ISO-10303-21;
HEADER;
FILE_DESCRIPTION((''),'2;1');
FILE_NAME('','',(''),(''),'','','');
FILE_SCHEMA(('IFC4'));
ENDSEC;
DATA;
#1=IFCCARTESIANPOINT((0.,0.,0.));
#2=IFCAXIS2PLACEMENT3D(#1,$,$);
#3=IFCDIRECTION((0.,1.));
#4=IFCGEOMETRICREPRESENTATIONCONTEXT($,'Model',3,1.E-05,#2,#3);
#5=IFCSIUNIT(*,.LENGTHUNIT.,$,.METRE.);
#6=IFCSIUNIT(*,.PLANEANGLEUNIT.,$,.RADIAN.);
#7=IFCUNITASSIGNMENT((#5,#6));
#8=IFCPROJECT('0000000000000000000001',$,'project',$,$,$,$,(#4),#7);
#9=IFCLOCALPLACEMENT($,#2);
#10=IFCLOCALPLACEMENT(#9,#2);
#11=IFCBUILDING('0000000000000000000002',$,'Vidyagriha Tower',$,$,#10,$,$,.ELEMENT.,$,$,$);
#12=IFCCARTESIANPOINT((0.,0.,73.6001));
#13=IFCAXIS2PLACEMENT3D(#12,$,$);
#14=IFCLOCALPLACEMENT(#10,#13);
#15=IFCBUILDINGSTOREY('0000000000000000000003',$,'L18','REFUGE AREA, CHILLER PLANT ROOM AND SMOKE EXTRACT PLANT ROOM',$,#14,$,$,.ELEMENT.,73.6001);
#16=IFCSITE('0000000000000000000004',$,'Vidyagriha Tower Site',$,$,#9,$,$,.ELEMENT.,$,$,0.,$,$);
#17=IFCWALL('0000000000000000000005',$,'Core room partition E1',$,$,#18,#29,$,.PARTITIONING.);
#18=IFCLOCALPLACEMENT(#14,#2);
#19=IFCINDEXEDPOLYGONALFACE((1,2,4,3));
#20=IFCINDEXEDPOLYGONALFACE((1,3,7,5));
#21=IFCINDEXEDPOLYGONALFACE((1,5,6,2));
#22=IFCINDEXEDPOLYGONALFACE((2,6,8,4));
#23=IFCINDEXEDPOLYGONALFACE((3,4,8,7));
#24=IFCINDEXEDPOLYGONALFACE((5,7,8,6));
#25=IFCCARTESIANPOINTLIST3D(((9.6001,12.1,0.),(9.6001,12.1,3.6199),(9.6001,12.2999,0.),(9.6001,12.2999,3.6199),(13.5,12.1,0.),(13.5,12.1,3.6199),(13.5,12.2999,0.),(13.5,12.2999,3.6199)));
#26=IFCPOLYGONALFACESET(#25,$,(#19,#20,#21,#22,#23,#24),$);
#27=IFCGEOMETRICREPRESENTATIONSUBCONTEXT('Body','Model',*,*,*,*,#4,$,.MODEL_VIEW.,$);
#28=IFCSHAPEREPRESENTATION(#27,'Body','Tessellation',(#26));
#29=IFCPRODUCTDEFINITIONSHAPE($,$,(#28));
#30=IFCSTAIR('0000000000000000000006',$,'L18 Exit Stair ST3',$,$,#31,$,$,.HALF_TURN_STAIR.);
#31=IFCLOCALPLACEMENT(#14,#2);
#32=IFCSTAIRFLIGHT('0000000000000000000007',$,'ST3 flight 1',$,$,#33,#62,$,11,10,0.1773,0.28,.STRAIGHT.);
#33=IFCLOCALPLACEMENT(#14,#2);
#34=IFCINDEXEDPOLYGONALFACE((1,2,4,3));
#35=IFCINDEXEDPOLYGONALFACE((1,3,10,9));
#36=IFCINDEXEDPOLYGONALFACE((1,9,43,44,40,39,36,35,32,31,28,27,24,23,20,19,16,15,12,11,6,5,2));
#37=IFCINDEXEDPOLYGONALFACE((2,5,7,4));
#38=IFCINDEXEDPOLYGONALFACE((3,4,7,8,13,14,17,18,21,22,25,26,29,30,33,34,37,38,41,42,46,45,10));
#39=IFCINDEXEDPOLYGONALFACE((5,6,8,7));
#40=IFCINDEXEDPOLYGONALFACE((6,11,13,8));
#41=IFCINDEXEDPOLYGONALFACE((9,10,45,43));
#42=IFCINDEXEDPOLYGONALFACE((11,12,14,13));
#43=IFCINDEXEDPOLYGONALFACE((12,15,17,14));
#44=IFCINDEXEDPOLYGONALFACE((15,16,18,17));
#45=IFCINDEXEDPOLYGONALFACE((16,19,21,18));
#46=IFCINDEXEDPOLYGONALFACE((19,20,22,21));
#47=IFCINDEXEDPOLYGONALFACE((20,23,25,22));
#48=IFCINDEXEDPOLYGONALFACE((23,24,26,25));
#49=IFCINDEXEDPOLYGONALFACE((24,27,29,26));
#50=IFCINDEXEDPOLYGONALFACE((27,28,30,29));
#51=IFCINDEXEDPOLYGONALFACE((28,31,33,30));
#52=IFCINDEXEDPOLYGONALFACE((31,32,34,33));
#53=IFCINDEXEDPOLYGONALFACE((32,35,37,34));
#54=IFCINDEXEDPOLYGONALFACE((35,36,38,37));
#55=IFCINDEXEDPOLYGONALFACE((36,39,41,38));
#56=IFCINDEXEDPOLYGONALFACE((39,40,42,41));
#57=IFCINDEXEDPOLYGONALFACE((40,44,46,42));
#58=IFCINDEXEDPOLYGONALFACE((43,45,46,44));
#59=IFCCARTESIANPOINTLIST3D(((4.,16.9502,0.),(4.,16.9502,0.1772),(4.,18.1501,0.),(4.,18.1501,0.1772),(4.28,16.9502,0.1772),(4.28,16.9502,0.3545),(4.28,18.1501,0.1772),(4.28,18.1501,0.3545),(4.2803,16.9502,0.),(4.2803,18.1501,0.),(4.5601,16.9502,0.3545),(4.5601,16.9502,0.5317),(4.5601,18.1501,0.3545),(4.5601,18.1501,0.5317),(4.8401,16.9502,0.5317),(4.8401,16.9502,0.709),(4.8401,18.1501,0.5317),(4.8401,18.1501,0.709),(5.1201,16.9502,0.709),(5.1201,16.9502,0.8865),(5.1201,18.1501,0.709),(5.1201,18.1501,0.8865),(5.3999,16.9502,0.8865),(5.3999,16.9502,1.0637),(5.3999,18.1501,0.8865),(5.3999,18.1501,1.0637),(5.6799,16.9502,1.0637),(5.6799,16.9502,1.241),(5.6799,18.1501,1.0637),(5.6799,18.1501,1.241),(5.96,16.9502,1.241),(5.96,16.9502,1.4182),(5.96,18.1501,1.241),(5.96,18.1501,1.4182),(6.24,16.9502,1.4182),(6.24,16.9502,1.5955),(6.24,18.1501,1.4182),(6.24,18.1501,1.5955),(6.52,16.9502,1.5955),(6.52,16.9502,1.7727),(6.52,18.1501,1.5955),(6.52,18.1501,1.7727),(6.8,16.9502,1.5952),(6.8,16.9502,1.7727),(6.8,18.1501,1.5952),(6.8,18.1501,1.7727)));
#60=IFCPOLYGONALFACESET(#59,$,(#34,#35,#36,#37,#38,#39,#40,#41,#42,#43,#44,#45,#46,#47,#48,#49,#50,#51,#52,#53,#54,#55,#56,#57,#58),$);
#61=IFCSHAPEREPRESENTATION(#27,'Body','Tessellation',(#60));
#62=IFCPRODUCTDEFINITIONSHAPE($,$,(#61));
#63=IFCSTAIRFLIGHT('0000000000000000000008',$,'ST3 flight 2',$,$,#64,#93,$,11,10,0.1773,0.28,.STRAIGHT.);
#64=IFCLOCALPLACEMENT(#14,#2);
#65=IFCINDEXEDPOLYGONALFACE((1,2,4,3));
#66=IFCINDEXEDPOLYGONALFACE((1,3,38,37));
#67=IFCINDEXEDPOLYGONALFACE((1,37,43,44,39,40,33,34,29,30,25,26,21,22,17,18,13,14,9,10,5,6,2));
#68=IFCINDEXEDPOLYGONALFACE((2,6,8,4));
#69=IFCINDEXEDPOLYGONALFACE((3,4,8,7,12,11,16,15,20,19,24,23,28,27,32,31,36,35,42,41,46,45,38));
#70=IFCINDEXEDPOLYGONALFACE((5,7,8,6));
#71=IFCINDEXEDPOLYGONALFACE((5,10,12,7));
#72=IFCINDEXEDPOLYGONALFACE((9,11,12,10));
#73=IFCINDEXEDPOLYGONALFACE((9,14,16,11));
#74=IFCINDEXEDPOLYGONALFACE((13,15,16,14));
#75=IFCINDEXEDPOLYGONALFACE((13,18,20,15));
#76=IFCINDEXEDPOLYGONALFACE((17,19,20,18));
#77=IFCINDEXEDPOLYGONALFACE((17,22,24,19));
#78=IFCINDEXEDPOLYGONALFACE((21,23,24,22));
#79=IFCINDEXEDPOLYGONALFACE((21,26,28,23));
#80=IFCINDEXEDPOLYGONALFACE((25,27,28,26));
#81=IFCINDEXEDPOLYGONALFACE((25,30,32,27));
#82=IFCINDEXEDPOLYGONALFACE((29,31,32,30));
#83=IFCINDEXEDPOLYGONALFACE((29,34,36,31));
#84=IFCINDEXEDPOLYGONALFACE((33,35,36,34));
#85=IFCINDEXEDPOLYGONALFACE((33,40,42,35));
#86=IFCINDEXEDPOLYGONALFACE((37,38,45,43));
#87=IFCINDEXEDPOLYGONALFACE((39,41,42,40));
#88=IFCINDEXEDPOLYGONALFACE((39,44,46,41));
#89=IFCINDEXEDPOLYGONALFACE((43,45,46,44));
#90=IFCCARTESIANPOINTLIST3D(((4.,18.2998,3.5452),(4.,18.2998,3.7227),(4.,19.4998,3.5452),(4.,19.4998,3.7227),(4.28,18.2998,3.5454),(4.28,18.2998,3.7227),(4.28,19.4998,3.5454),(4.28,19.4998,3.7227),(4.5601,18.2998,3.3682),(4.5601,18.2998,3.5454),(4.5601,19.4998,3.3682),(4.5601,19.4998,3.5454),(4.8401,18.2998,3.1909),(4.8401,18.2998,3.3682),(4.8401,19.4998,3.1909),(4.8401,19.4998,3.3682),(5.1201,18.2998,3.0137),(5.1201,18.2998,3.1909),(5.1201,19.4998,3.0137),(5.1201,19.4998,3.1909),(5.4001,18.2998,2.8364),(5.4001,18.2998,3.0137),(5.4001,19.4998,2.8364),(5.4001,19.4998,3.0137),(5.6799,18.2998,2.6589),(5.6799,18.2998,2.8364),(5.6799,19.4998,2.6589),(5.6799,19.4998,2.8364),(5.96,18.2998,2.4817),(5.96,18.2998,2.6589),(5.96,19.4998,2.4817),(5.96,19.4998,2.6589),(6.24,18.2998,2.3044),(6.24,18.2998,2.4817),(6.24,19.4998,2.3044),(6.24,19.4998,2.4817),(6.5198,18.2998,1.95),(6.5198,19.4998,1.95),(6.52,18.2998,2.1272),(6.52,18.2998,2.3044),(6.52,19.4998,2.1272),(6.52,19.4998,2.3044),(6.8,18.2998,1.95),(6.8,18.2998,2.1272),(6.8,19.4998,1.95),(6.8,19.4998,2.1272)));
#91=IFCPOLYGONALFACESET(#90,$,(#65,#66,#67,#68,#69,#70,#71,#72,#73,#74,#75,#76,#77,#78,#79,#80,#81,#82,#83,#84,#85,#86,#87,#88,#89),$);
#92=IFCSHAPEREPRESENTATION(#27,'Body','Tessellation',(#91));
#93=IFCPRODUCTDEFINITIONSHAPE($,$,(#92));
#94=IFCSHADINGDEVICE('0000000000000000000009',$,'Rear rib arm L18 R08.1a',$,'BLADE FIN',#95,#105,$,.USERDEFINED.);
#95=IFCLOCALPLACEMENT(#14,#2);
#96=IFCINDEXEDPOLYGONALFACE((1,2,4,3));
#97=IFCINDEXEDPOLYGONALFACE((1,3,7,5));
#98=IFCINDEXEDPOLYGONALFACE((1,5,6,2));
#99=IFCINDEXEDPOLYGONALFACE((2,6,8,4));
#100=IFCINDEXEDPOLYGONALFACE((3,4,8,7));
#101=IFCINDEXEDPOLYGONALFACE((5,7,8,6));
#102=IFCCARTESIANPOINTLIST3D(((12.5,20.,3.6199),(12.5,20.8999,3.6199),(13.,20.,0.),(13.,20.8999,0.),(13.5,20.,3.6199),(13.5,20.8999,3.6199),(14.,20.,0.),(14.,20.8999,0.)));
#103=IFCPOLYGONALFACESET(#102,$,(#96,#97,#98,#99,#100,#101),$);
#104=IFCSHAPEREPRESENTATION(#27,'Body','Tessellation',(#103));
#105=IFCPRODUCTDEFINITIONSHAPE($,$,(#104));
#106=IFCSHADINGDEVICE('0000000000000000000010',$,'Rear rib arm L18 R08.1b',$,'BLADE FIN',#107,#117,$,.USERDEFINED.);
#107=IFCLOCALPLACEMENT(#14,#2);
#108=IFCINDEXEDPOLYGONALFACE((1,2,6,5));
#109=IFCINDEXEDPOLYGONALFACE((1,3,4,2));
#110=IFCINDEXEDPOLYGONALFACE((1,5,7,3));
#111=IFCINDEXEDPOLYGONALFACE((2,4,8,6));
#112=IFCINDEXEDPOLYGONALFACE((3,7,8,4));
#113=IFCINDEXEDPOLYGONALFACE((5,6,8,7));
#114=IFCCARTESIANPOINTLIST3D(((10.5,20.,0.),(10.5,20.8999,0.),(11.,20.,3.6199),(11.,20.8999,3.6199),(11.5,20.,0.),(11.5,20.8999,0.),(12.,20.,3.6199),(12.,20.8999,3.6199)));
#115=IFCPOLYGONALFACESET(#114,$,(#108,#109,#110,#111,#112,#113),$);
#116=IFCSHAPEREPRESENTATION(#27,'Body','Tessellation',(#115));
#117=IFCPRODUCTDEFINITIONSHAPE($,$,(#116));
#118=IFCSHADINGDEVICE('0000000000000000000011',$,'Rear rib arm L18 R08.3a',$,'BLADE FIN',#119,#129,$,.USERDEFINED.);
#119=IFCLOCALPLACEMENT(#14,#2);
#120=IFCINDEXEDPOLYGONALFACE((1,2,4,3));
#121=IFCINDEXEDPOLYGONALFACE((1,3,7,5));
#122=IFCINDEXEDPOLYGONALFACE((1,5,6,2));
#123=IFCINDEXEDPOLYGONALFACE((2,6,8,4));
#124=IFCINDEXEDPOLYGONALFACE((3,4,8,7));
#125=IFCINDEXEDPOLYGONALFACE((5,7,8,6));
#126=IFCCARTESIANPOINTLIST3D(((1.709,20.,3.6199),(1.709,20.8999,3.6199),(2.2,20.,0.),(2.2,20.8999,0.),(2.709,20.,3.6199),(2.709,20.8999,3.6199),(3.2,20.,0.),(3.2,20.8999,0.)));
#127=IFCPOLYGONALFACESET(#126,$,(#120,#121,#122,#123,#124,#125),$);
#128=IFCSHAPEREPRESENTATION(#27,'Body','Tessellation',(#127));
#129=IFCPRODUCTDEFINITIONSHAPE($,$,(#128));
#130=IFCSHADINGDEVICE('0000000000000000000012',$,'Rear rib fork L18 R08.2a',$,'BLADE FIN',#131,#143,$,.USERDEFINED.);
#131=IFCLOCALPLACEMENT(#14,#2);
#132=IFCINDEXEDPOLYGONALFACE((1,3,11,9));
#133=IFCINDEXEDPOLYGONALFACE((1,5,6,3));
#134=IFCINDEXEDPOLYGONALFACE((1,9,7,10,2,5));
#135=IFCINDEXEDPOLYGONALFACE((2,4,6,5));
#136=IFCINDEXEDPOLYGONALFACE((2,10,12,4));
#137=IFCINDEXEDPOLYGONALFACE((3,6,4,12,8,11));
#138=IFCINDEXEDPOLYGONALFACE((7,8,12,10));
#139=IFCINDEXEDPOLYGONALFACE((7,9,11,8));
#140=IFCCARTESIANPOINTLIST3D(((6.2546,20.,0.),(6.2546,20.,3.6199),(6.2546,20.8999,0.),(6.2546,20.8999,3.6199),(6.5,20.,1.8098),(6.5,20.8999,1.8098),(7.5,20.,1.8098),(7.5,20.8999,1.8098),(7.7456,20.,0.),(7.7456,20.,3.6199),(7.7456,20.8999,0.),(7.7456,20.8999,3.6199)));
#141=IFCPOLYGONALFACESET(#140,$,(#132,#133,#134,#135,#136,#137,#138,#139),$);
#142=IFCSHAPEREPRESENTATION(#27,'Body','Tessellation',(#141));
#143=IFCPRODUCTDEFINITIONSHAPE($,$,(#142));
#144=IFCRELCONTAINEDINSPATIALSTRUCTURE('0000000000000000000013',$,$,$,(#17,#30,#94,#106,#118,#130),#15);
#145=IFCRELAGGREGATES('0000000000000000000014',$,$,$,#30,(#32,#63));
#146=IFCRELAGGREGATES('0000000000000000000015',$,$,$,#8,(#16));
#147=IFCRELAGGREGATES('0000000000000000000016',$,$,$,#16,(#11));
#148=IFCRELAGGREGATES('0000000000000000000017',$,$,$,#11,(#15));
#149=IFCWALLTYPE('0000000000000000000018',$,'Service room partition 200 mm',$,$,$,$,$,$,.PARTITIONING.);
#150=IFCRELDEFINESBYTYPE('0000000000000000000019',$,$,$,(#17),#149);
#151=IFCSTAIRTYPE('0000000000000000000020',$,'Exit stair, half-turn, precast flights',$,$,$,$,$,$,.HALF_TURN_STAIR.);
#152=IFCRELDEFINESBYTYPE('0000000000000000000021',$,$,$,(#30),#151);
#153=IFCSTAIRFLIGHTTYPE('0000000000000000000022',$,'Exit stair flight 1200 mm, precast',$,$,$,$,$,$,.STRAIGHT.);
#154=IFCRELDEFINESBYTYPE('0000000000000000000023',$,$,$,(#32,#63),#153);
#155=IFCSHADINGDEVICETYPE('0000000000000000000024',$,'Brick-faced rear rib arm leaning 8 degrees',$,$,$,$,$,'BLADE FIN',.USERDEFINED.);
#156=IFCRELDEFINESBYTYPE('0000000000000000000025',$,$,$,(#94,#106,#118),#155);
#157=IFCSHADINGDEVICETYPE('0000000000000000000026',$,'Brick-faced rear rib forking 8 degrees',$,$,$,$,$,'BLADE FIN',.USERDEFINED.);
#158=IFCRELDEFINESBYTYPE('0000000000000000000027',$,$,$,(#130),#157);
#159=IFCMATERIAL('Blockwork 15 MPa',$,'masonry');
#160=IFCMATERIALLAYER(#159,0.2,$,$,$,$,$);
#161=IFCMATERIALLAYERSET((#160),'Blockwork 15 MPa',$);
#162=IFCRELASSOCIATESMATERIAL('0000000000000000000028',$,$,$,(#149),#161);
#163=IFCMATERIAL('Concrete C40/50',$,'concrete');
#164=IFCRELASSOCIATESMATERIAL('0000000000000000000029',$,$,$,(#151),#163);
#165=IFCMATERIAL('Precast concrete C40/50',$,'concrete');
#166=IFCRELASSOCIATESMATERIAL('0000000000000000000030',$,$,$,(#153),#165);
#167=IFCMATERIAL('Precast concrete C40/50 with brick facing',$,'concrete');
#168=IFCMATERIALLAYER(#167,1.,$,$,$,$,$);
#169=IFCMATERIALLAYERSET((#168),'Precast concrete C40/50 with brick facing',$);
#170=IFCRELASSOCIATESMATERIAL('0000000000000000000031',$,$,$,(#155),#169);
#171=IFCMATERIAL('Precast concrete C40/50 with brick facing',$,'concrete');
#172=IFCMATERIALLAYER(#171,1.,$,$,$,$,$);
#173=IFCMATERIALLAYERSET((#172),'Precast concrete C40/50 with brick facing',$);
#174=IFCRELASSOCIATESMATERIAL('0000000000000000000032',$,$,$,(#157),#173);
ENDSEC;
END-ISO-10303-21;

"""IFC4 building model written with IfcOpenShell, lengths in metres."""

from ifc_helpers import new_model, si_unit, direction, frame, frame_2d, origin, place, context, subcontext, project, spatial, polyline, rectangle, outline, extrude, material, layer, layer_set, type_object, element, aggregate, save


model = new_model("IFC4")

# Units and contexts
model_context = context("Model", 3, precision=1e-05, world=origin(), true_north=direction((0.0, 1.0)))
body_context = subcontext(model_context, "Body", "Model", "MODEL_VIEW")
ifc_project = project(units=[si_unit("LENGTHUNIT", "METRE"), si_unit("PLANEANGLEUNIT", "RADIAN")], contexts=[model_context])

# Site, building, storey
site_placement = place(None, origin())
site = spatial("IfcSite", under=ifc_project, at=site_placement, Name="Vidyagriha Tower Site", CompositionType="ELEMENT", RefElevation=0.0)
building_placement = place(site_placement, origin())
building = spatial("IfcBuilding", under=site, at=building_placement, Name="Vidyagriha Tower", CompositionType="ELEMENT")
storey_placement = place(building_placement, frame((0.0, 0.0, 73.6001)))
storey = spatial("IfcBuildingStorey", under=building, at=storey_placement, Name="L18", Description="REFUGE AREA, CHILLER PLANT ROOM AND SMOKE EXTRACT PLANT ROOM", CompositionType="ELEMENT", Elevation=73.6001)

# Shared definitions
ifc_material_1 = material(Name="Blockwork 15 MPa", Category="masonry")
ifc_layer_1 = layer(ifc_material_1, 0.2)
ifc_layer_set_1 = layer_set([ifc_layer_1], Name="Blockwork 15 MPa")
wall_type_1 = type_object("IfcWallType", Name="Service room partition 200 mm", PredefinedType="PARTITIONING", material=ifc_layer_set_1)

# Wall
wall_1_placement = place(storey_placement, frame((9.6001, 12.2, 0.0)))
element("IfcWall", 1, at=wall_1_placement, inside=storey, type_object=wall_type_1, Name="Core room partition E1", PredefinedType="PARTITIONING", context=body_context, shape_type="SweptSolid", body=[
    extrude(rectangle(XDim=3.8999, YDim=0.2, at=frame_2d((1.95, 0.0))), origin(), (0.0, 0.0, 1.0), 3.6199),
])

# Stair, stair flights
ifc_material_2 = material(Name="Concrete C40/50", Category="concrete")
stair_type = type_object("IfcStairType", Name="Exit stair, half-turn, precast flights", PredefinedType="HALF_TURN_STAIR", material=ifc_material_2)
stair_placement = place(storey_placement, origin())
stair = element("IfcStair", 2, at=stair_placement, inside=storey, type_object=stair_type, Name="L18 Exit Stair ST3", PredefinedType="HALF_TURN_STAIR")
ifc_material_3 = material(Name="Precast concrete C40/50", Category="concrete")
stair_flight_type = type_object("IfcStairFlightType", Name="Exit stair flight 1200 mm, precast", PredefinedType="STRAIGHT", material=ifc_material_3)
stair_flight_1_placement = place(storey_placement, frame((4.0, 17.55, 0.0)))
stair_flight_1 = element("IfcStairFlight", 3, at=stair_flight_1_placement, type_object=stair_flight_type, Name="ST3 flight 1", NumberOfRisers=11, NumberOfTreads=10, PredefinedType="STRAIGHT", RiserHeight=0.1773, TreadLength=0.28, context=body_context, shape_type="SweptSolid", body=[
    extrude(outline(polyline([(0.0, 0.0), (0.0, 0.1772), (0.28, 0.1772), (0.28, 0.3545), (0.5601, 0.3545), (0.5601, 0.5317), (0.8401, 0.5317), (0.8401, 0.709), (1.1201, 0.709), (1.1201, 0.8865), (1.3999, 0.8865), (1.3999, 1.0637), (1.6799, 1.0637), (1.6799, 1.241), (1.96, 1.241), (1.96, 1.4182), (2.24, 1.4182), (2.24, 1.5955), (2.52, 1.5955), (2.52, 1.7727), (2.8, 1.7727), (2.8, 1.95), (2.8, 1.5952), (0.2803, 0.0), (0.0, 0.0)])), frame((0.0, 0.6001, 0.0), z_axis=(0.0, -1.0, 0.0), x_axis=(1.0, 0.0, 0.0)), (0.0, 0.0, 1.0), 1.2),
])
stair_flight_2_placement = place(storey_placement, frame((6.8, 18.8999, 1.95), z_axis=(0.0, 0.0, 1.0), x_axis=(-1.0, 0.0, 0.0)))
stair_flight_2 = element("IfcStairFlight", 4, at=stair_flight_2_placement, type_object=stair_flight_type, Name="ST3 flight 2", NumberOfRisers=11, NumberOfTreads=10, PredefinedType="STRAIGHT", RiserHeight=0.1773, TreadLength=0.28, context=body_context, shape_type="SweptSolid", body=[
    extrude(outline(polyline([(0.0, 0.0), (0.0, 0.1772), (0.28, 0.1772), (0.28, 0.3545), (0.5601, 0.3545), (0.5601, 0.5317), (0.8401, 0.5317), (0.8401, 0.709), (1.1201, 0.709), (1.1201, 0.8865), (1.3999, 0.8865), (1.3999, 1.0637), (1.6799, 1.0637), (1.6799, 1.241), (1.96, 1.241), (1.96, 1.4182), (2.24, 1.4182), (2.24, 1.5955), (2.52, 1.5955), (2.52, 1.7727), (2.8, 1.7727), (2.8, 1.95), (2.8, 1.5952), (0.2803, 0.0), (0.0, 0.0)])), frame((0.0, 0.6001, 0.0), z_axis=(0.0, -1.0, 0.0), x_axis=(1.0, 0.0, 0.0)), (0.0, 0.0, 1.0), 1.2),
])
aggregate(stair, [stair_flight_1, stair_flight_2])

# Shading devices
ifc_material_4 = material(Name="Precast concrete C40/50 with brick facing", Category="concrete")
ifc_layer_2 = layer(ifc_material_4, 1.0)
ifc_layer_set_2 = layer_set([ifc_layer_2], Name="Precast concrete C40/50 with brick facing")
shading_device_type_1 = type_object("IfcShadingDeviceType", Name="Brick-faced rear rib arm leaning 8 degrees", ElementType="BLADE FIN", PredefinedType="USERDEFINED", material=ifc_layer_set_2)
shading_device_1_placement = place(storey_placement, frame((14.0, 20.45, 0.0), z_axis=(0.0, 0.0, 1.0), x_axis=(-1.0, 0.0, 0.0)))
element("IfcShadingDevice", 5, at=shading_device_1_placement, inside=storey, type_object=shading_device_type_1, Name="Rear rib arm L18 R08.1a", ObjectType="BLADE FIN", PredefinedType="USERDEFINED", context=body_context, shape_type="SweptSolid", body=[
    extrude(outline(polyline([(0.0, 0.0), (1.0, 0.0), (1.5, 3.6199), (0.5, 3.6199), (0.0, 0.0)])), frame((0.0, 0.45, 0.0), z_axis=(0.0, -1.0, 0.0), x_axis=(1.0, 0.0, 0.0)), (0.0, 0.0, 1.0), 0.8999),
])
shading_device_2_placement = place(storey_placement, frame((12.0, 20.45, 0.0), z_axis=(0.0, 0.0, 1.0), x_axis=(-1.0, 0.0, 0.0)))
element("IfcShadingDevice", 6, at=shading_device_2_placement, inside=storey, type_object=shading_device_type_1, Name="Rear rib arm L18 R08.1b", ObjectType="BLADE FIN", PredefinedType="USERDEFINED", context=body_context, shape_type="SweptSolid", body=[
    extrude(outline(polyline([(0.5, 0.0), (1.5, 0.0), (1.0, 3.6199), (0.0, 3.6199), (0.5, 0.0)])), frame((0.0, 0.45, 0.0), z_axis=(0.0, -1.0, 0.0), x_axis=(1.0, 0.0, 0.0)), (0.0, 0.0, 1.0), 0.8999),
])
shading_device_3_placement = place(storey_placement, frame((3.2, 20.45, 0.0), z_axis=(0.0, 0.0, 1.0), x_axis=(-1.0, 0.0, 0.0)))
element("IfcShadingDevice", 7, at=shading_device_3_placement, inside=storey, type_object=shading_device_type_1, Name="Rear rib arm L18 R08.3a", ObjectType="BLADE FIN", PredefinedType="USERDEFINED", context=body_context, shape_type="SweptSolid", body=[
    extrude(outline(polyline([(0.0, 0.0), (1.0, 0.0), (1.491, 3.6199), (0.491, 3.6199), (0.0, 0.0)])), frame((0.0, 0.45, 0.0), z_axis=(0.0, -1.0, 0.0), x_axis=(1.0, 0.0, 0.0)), (0.0, 0.0, 1.0), 0.8999),
])
ifc_material_5 = material(Name="Precast concrete C40/50 with brick facing", Category="concrete")
ifc_layer_3 = layer(ifc_material_5, 1.0)
ifc_layer_set_3 = layer_set([ifc_layer_3], Name="Precast concrete C40/50 with brick facing")
shading_device_type_2 = type_object("IfcShadingDeviceType", Name="Brick-faced rear rib forking 8 degrees", ElementType="BLADE FIN", PredefinedType="USERDEFINED", material=ifc_layer_set_3)
shading_device_4_placement = place(storey_placement, frame((7.7456, 20.45, 0.0), z_axis=(0.0, 0.0, 1.0), x_axis=(-1.0, 0.0, 0.0)))
element("IfcShadingDevice", 8, at=shading_device_4_placement, inside=storey, type_object=shading_device_type_2, Name="Rear rib fork L18 R08.2a", ObjectType="BLADE FIN", PredefinedType="USERDEFINED", context=body_context, shape_type="SweptSolid", body=[
    extrude(outline(polyline([(0.0, 0.0), (1.491, 0.0), (1.2456, 1.8098), (1.491, 3.6199), (0.0, 3.6199), (0.2456, 1.8098), (0.0, 0.0)])), frame((0.0, 0.45, 0.0), z_axis=(0.0, -1.0, 0.0), x_axis=(1.0, 0.0, 0.0)), (0.0, 0.0, 1.0), 0.8999),
])

save(model, "model.ifc")
